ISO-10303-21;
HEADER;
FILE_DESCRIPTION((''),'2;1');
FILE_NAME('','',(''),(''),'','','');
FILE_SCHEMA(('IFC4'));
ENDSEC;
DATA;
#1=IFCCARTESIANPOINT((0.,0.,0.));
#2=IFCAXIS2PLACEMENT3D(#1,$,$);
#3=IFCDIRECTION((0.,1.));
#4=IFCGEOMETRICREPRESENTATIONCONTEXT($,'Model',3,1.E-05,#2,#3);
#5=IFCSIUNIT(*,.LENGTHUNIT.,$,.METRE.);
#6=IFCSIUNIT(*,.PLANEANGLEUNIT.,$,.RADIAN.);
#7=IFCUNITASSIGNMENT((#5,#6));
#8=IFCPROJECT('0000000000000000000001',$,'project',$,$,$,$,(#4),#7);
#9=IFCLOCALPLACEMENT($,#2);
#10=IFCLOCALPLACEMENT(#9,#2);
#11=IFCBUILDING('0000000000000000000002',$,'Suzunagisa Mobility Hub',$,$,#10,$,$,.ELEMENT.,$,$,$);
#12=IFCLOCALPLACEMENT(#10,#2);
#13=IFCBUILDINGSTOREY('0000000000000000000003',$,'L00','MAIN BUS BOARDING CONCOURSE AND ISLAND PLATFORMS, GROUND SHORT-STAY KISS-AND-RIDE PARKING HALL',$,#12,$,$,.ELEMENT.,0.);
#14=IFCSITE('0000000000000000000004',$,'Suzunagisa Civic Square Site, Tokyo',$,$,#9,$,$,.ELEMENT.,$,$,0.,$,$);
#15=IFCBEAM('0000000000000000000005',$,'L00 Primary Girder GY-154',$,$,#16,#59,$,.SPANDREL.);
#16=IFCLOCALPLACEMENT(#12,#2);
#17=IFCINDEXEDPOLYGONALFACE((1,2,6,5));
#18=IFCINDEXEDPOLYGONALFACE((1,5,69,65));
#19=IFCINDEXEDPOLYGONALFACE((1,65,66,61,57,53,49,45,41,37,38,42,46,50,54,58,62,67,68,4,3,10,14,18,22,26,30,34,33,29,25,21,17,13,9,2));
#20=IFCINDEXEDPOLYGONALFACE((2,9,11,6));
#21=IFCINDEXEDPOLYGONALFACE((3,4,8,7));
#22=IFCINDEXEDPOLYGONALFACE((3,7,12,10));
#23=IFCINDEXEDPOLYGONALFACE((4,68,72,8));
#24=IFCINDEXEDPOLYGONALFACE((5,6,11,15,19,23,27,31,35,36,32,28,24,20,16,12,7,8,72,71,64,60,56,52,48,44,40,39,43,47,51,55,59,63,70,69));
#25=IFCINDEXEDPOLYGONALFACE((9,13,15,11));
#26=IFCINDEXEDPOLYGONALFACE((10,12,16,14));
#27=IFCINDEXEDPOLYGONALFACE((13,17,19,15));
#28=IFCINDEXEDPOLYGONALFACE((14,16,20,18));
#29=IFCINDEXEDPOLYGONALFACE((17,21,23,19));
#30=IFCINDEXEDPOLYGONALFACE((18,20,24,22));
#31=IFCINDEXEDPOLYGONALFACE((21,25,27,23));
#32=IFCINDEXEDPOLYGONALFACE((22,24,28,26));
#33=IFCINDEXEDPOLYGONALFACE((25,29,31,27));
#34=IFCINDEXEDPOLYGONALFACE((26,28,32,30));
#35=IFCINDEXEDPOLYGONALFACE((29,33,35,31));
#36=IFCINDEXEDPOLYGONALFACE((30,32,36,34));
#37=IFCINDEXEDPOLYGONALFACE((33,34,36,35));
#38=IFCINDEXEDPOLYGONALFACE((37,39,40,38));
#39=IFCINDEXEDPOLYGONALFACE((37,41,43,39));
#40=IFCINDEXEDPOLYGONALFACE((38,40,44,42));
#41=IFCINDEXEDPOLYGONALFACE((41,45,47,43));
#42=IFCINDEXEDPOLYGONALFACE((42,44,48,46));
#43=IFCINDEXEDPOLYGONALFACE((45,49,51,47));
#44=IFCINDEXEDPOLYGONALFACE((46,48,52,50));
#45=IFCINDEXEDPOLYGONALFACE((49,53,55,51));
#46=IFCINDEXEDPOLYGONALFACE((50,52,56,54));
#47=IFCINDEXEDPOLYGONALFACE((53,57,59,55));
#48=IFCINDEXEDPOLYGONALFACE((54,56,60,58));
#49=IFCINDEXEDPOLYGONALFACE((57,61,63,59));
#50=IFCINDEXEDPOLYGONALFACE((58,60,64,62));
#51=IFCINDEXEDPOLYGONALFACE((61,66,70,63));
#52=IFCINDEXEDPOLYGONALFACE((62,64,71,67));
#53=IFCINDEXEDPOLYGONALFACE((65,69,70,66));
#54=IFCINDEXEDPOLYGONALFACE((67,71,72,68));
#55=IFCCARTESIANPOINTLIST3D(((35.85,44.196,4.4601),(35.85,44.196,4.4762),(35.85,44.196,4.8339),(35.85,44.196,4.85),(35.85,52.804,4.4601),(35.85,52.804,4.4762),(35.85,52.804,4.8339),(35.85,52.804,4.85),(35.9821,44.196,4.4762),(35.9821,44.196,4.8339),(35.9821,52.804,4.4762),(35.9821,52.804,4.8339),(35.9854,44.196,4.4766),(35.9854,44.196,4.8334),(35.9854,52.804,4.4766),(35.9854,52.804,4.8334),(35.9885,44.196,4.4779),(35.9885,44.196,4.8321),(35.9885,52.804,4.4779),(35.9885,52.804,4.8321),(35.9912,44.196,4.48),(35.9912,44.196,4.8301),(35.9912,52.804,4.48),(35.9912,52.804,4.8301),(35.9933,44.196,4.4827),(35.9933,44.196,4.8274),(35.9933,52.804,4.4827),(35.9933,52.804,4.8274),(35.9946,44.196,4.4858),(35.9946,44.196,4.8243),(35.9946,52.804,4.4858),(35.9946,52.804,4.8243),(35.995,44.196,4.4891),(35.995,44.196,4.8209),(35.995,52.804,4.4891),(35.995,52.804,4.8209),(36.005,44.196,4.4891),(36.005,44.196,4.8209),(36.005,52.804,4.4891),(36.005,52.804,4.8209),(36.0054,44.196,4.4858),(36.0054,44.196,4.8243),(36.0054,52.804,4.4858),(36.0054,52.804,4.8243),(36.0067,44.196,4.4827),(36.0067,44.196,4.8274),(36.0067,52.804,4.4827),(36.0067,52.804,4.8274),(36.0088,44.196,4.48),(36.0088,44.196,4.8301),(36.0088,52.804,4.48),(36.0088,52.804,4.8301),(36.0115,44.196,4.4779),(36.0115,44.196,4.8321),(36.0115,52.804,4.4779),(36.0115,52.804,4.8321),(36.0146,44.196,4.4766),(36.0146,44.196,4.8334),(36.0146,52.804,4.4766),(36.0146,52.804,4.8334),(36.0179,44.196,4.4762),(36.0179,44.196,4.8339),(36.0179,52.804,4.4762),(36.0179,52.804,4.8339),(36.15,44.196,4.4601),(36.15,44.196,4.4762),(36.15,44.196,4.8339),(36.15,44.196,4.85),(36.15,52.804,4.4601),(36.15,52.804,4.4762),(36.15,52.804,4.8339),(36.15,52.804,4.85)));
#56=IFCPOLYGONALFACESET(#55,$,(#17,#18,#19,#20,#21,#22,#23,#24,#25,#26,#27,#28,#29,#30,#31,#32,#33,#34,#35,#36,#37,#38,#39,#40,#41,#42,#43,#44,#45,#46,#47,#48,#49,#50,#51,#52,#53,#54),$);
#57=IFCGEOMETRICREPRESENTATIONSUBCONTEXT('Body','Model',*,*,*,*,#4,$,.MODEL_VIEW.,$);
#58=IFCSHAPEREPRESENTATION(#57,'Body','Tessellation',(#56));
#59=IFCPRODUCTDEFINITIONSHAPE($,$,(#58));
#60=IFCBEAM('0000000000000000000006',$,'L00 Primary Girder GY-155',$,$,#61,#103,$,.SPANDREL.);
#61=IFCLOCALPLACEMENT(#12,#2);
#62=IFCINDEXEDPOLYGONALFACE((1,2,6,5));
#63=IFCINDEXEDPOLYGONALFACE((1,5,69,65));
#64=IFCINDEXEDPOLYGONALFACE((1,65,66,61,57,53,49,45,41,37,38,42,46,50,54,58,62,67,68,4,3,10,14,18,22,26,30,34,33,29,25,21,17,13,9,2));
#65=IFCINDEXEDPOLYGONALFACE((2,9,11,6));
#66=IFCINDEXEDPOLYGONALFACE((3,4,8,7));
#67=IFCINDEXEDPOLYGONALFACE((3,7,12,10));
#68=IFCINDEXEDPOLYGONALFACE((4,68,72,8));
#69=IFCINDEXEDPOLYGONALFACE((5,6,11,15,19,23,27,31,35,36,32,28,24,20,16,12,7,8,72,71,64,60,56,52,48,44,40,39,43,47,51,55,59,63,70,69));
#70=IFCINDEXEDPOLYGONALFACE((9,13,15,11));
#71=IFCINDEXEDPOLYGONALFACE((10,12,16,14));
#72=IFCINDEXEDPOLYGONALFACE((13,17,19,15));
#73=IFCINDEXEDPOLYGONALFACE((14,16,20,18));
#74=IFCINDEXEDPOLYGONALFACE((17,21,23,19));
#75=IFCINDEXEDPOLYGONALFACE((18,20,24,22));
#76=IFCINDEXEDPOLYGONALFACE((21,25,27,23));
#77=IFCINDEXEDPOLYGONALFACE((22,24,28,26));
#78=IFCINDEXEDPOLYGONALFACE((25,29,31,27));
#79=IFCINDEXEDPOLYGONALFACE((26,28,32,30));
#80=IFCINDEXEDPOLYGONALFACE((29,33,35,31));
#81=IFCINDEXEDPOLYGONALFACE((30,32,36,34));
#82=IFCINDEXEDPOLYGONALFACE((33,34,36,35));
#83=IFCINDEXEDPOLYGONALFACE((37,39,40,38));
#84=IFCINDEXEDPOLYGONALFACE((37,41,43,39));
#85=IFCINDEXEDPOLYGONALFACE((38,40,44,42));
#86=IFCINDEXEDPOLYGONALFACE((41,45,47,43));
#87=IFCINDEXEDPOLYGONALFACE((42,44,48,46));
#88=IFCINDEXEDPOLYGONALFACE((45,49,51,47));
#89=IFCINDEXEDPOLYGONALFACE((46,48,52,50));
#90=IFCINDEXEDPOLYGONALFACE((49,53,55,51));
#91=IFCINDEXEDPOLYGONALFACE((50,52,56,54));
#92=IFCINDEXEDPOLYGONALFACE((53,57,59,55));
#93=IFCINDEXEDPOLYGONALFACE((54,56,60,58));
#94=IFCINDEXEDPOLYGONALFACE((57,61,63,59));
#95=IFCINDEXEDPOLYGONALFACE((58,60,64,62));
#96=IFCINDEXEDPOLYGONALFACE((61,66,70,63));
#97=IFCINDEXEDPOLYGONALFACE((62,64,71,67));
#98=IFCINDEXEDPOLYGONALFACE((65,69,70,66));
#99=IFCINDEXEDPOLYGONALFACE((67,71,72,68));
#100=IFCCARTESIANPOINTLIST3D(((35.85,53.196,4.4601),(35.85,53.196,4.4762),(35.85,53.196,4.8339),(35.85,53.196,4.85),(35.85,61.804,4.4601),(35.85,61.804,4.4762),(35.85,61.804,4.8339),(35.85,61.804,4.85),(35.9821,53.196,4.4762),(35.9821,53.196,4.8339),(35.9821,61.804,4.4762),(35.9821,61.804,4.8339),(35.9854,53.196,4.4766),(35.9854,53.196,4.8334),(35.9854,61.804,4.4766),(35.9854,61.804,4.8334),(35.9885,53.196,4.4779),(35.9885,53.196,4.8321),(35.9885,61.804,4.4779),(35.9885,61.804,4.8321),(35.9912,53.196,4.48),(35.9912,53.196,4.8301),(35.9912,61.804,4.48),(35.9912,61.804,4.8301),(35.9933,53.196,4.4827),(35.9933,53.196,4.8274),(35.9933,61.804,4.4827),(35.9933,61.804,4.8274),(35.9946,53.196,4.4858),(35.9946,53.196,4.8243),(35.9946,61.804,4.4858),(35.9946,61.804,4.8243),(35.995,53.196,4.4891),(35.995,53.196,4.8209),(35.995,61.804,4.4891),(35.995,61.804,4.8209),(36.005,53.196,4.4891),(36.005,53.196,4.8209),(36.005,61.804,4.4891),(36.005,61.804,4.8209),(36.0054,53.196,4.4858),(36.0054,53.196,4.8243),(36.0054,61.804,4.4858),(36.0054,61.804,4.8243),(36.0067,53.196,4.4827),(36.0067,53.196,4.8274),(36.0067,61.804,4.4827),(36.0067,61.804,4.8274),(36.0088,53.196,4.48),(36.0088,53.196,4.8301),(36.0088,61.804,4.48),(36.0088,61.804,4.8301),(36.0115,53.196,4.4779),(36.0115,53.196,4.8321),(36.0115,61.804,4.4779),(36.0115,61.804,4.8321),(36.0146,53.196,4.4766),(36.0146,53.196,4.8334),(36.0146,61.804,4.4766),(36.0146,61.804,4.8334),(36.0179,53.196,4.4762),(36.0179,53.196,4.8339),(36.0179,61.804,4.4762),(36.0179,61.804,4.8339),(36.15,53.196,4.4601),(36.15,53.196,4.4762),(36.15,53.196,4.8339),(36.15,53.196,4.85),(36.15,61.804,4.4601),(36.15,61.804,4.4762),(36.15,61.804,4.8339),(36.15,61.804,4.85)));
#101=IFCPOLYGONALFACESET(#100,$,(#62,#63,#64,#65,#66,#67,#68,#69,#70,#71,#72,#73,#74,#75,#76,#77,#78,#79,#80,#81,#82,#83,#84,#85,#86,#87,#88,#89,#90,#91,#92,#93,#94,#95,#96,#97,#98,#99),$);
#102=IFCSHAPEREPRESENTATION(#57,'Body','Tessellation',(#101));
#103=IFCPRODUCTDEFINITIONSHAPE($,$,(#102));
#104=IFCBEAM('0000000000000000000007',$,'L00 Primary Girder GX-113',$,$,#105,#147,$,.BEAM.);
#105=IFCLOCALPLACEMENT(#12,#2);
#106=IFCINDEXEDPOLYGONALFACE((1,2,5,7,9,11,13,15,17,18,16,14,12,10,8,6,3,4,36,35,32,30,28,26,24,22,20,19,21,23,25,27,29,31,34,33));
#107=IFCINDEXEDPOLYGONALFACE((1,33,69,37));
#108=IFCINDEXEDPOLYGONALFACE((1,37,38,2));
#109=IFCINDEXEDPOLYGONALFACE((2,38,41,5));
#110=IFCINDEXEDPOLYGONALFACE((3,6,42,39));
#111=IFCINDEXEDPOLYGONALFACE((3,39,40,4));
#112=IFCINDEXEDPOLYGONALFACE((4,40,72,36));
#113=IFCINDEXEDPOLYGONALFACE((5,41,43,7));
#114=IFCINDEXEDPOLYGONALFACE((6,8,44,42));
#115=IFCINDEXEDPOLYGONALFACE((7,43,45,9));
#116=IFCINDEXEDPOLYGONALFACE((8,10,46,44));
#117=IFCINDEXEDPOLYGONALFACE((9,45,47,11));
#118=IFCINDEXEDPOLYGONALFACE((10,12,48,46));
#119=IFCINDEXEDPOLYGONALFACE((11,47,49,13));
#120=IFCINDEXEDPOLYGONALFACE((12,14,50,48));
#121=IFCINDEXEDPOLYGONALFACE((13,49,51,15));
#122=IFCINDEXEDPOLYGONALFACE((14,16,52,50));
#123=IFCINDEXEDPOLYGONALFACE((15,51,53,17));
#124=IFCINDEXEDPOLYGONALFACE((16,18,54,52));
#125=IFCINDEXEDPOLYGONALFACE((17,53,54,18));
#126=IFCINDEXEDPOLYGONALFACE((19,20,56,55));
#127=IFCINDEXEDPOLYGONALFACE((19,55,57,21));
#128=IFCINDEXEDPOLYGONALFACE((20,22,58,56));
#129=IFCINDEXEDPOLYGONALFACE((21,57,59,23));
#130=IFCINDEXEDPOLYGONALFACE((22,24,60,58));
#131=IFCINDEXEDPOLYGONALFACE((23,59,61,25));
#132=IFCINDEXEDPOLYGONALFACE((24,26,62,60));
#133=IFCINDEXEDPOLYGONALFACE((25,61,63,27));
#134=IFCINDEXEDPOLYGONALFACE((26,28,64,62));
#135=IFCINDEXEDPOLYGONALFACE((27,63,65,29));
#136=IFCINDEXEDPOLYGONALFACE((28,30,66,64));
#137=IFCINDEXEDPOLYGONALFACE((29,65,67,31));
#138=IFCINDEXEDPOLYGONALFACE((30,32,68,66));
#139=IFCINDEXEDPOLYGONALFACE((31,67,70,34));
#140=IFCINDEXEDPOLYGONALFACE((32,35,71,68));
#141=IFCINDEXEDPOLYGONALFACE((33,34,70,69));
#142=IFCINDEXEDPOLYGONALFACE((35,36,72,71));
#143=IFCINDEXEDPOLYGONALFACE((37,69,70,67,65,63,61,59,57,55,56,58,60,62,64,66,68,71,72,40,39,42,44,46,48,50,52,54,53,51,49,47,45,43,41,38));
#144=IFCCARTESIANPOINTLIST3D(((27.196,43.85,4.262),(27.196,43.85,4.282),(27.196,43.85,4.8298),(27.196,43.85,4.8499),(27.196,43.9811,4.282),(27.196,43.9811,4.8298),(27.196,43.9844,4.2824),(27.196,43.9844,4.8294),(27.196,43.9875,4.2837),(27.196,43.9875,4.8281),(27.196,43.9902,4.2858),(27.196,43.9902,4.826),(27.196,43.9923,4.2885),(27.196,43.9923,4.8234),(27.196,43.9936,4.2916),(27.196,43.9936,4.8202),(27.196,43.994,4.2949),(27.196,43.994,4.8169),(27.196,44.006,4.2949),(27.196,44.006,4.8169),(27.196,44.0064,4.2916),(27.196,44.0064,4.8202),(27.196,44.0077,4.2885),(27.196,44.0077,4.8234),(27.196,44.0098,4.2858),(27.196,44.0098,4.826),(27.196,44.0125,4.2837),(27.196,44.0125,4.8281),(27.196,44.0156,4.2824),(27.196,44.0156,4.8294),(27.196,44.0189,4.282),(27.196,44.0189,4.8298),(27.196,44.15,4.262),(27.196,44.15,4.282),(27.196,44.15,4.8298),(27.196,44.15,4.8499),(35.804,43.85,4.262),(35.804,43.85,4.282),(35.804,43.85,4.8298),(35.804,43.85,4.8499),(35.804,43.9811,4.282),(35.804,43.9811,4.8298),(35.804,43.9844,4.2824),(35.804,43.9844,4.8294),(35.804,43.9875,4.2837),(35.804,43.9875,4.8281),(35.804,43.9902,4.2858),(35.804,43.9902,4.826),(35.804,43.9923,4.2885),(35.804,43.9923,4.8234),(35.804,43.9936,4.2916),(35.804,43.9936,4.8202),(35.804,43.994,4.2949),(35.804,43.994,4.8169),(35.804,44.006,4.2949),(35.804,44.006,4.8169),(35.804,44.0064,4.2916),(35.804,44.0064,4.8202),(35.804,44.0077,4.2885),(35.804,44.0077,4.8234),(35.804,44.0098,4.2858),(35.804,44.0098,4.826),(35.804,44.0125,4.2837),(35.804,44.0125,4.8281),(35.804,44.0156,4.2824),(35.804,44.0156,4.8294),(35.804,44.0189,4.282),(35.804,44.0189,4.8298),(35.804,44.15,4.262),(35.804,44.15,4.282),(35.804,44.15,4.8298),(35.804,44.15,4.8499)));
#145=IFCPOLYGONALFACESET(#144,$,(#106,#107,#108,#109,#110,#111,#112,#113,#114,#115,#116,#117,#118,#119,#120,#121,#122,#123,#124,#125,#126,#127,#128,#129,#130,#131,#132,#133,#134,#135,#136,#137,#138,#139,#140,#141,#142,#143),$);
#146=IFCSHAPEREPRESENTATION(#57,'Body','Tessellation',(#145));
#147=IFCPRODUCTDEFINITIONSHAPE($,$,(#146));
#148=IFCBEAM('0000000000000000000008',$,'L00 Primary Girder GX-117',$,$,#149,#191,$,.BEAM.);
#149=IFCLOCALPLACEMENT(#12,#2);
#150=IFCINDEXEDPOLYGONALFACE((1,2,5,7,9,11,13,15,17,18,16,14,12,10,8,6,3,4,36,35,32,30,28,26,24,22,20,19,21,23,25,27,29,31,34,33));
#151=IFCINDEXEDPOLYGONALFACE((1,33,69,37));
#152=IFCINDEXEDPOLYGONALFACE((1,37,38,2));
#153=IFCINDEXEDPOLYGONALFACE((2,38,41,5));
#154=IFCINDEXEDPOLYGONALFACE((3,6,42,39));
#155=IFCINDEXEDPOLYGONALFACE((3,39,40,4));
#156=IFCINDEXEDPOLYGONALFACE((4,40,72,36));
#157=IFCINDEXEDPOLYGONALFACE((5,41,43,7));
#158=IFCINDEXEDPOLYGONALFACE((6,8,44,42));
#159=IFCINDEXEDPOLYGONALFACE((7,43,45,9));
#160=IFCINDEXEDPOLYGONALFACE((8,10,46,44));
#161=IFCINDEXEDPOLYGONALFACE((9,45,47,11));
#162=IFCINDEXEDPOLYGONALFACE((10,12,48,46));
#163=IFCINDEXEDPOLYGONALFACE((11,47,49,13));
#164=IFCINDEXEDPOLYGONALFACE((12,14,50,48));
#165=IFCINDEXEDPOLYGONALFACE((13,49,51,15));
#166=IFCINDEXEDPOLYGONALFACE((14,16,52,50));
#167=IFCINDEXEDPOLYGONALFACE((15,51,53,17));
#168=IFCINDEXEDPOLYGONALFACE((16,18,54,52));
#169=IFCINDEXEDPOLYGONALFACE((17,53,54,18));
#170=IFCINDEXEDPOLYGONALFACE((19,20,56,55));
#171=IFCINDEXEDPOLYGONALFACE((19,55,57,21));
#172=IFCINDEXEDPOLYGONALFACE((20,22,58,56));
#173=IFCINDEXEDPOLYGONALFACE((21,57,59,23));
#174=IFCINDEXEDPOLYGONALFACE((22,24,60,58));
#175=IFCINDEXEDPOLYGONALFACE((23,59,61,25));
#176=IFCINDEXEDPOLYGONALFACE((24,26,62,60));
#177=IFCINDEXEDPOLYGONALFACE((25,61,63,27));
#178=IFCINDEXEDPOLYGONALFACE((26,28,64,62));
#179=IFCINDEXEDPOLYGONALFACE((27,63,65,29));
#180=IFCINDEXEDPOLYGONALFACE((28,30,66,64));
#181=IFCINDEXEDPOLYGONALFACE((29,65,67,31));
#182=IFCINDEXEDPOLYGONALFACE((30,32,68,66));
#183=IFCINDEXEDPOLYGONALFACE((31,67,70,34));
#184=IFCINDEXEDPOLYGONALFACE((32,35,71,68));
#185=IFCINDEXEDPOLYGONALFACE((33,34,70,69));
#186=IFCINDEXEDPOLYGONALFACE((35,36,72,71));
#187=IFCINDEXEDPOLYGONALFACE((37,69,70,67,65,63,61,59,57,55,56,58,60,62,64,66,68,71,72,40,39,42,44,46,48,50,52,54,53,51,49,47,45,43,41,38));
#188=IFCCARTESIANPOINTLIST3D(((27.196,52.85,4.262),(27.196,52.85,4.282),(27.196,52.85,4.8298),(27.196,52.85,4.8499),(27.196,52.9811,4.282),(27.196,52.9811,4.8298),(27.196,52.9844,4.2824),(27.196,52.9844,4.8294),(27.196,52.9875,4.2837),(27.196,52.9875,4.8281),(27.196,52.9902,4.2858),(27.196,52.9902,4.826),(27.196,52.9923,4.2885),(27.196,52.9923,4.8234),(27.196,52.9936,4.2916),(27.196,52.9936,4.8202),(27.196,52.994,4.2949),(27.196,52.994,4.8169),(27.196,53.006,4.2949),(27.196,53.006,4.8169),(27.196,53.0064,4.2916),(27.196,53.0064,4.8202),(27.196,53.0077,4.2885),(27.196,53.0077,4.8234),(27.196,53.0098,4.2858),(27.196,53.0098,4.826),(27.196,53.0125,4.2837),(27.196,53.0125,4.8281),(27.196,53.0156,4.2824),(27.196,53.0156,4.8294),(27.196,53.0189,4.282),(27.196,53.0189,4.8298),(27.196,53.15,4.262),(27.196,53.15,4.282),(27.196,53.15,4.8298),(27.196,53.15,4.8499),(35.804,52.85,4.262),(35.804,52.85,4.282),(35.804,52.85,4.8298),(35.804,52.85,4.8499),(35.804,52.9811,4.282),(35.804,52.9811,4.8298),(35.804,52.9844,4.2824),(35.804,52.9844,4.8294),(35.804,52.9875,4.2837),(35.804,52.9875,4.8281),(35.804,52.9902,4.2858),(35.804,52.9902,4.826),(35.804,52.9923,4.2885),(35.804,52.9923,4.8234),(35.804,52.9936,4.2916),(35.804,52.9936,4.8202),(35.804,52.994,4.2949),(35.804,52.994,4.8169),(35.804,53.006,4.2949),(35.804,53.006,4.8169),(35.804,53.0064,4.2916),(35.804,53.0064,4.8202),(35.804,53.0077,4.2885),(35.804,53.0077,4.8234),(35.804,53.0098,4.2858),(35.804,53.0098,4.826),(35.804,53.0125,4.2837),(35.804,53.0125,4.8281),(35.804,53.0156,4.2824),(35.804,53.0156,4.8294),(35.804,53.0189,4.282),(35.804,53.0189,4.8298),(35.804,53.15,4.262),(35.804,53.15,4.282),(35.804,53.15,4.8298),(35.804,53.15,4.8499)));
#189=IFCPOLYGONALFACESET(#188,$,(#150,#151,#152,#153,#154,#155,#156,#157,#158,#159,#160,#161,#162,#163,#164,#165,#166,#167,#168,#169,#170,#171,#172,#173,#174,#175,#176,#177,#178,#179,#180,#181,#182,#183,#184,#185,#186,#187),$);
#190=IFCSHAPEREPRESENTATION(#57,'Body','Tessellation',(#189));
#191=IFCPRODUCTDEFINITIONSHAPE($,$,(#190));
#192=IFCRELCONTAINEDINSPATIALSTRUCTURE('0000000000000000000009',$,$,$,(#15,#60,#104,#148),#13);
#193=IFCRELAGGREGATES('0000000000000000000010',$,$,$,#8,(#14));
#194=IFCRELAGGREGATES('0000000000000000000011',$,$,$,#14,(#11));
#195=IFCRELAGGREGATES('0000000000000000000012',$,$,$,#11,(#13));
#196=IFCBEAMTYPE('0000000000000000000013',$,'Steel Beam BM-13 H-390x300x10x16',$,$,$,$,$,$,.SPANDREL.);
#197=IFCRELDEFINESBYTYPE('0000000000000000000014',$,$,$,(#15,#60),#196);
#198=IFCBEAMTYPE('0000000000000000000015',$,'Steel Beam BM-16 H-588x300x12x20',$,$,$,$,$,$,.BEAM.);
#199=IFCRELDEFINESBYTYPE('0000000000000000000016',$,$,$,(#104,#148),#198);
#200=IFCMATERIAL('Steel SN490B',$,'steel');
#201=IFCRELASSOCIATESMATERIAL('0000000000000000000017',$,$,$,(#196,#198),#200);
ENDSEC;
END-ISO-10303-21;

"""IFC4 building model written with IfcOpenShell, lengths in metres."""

from ifc_helpers import new_model, si_unit, direction, frame, origin, origin_2d, place, context, subcontext, project, spatial, i_section, extrude, material, material_profile, profile_set, type_object, element, save


model = new_model("IFC4")

# Units and contexts
model_context = context("Model", 3, precision=1e-05, world=origin(), true_north=direction((0.0, 1.0)))
body_context = subcontext(model_context, "Body", "Model", "MODEL_VIEW")
ifc_project = project(units=[si_unit("LENGTHUNIT", "METRE"), si_unit("PLANEANGLEUNIT", "RADIAN")], contexts=[model_context])

# Site, building, storey
site_placement = place(None, origin())
site = spatial("IfcSite", under=ifc_project, at=site_placement, Name="Suzunagisa Civic Square Site, Tokyo", CompositionType="ELEMENT", RefElevation=0.0)
building_placement = place(site_placement, origin())
building = spatial("IfcBuilding", under=site, at=building_placement, Name="Suzunagisa Mobility Hub", CompositionType="ELEMENT")
storey_placement = place(building_placement, origin())
storey = spatial("IfcBuildingStorey", under=building, at=storey_placement, Name="L00", Description="MAIN BUS BOARDING CONCOURSE AND ISLAND PLATFORMS, GROUND SHORT-STAY KISS-AND-RIDE PARKING HALL", CompositionType="ELEMENT", Elevation=0.0)

# Shared definitions
ifc_material_1 = material(Name="Steel SN490B", Category="steel")

# Beams
ifc_material_profile_1 = material_profile(ifc_material_1, i_section(OverallWidth=0.3, OverallDepth=0.3899, WebThickness=0.01, FlangeThickness=0.0161, FilletRadius=0.0129, at=origin_2d()), Name="H-390x300x10x16")
ifc_profile_set_1 = profile_set([ifc_material_profile_1], Name="Steel SN490B")
beam_type_1 = type_object("IfcBeamType", Name="Steel Beam BM-13 H-390x300x10x16", PredefinedType="SPANDREL", material=ifc_profile_set_1)
for number, where, z_axis, x_axis, name in (
    (1, (36.0, 44.196, 4.655), (0.0, 1.0, 0.0), (-1.0, 0.0, 0.0), "L00 Primary Girder GY-154"),
    (2, (36.0, 53.196, 4.655), (0.0, 1.0, 0.0), (-1.0, 0.0, 0.0), "L00 Primary Girder GY-155"),
):
    element("IfcBeam", number, at=place(storey_placement, frame(where, z_axis=z_axis, x_axis=x_axis)), inside=storey, type_object=beam_type_1, Name=name, PredefinedType="SPANDREL", context=body_context, shape_type="SweptSolid", body=[
        extrude(i_section(OverallWidth=0.3, OverallDepth=0.3899, WebThickness=0.01, FlangeThickness=0.0161, FilletRadius=0.0129, at=origin_2d()), origin(), (0.0, 0.0, 1.0), 8.6079),
    ])
ifc_material_profile_2 = material_profile(ifc_material_1, i_section(OverallWidth=0.3, OverallDepth=0.5879, WebThickness=0.012, FlangeThickness=0.02, FilletRadius=0.0129, at=origin_2d()), Name="H-588x300x12x20")
ifc_profile_set_2 = profile_set([ifc_material_profile_2], Name="Steel SN490B")
beam_type_2 = type_object("IfcBeamType", Name="Steel Beam BM-16 H-588x300x12x20", PredefinedType="BEAM", material=ifc_profile_set_2)
for number, where, z_axis, x_axis, name in (
    (3, (27.196, 44.0, 4.5559), (1.0, 0.0, 0.0), (0.0, 1.0, 0.0), "L00 Primary Girder GX-113"),
    (4, (27.196, 53.0, 4.5559), (1.0, 0.0, 0.0), (0.0, 1.0, 0.0), "L00 Primary Girder GX-117"),
):
    element("IfcBeam", number, at=place(storey_placement, frame(where, z_axis=z_axis, x_axis=x_axis)), inside=storey, type_object=beam_type_2, Name=name, PredefinedType="BEAM", context=body_context, shape_type="SweptSolid", body=[
        extrude(i_section(OverallWidth=0.3, OverallDepth=0.5879, WebThickness=0.012, FlangeThickness=0.02, FilletRadius=0.0129, at=origin_2d()), origin(), (0.0, 0.0, 1.0), 8.6079),
    ])

save(model, "model.ifc")
